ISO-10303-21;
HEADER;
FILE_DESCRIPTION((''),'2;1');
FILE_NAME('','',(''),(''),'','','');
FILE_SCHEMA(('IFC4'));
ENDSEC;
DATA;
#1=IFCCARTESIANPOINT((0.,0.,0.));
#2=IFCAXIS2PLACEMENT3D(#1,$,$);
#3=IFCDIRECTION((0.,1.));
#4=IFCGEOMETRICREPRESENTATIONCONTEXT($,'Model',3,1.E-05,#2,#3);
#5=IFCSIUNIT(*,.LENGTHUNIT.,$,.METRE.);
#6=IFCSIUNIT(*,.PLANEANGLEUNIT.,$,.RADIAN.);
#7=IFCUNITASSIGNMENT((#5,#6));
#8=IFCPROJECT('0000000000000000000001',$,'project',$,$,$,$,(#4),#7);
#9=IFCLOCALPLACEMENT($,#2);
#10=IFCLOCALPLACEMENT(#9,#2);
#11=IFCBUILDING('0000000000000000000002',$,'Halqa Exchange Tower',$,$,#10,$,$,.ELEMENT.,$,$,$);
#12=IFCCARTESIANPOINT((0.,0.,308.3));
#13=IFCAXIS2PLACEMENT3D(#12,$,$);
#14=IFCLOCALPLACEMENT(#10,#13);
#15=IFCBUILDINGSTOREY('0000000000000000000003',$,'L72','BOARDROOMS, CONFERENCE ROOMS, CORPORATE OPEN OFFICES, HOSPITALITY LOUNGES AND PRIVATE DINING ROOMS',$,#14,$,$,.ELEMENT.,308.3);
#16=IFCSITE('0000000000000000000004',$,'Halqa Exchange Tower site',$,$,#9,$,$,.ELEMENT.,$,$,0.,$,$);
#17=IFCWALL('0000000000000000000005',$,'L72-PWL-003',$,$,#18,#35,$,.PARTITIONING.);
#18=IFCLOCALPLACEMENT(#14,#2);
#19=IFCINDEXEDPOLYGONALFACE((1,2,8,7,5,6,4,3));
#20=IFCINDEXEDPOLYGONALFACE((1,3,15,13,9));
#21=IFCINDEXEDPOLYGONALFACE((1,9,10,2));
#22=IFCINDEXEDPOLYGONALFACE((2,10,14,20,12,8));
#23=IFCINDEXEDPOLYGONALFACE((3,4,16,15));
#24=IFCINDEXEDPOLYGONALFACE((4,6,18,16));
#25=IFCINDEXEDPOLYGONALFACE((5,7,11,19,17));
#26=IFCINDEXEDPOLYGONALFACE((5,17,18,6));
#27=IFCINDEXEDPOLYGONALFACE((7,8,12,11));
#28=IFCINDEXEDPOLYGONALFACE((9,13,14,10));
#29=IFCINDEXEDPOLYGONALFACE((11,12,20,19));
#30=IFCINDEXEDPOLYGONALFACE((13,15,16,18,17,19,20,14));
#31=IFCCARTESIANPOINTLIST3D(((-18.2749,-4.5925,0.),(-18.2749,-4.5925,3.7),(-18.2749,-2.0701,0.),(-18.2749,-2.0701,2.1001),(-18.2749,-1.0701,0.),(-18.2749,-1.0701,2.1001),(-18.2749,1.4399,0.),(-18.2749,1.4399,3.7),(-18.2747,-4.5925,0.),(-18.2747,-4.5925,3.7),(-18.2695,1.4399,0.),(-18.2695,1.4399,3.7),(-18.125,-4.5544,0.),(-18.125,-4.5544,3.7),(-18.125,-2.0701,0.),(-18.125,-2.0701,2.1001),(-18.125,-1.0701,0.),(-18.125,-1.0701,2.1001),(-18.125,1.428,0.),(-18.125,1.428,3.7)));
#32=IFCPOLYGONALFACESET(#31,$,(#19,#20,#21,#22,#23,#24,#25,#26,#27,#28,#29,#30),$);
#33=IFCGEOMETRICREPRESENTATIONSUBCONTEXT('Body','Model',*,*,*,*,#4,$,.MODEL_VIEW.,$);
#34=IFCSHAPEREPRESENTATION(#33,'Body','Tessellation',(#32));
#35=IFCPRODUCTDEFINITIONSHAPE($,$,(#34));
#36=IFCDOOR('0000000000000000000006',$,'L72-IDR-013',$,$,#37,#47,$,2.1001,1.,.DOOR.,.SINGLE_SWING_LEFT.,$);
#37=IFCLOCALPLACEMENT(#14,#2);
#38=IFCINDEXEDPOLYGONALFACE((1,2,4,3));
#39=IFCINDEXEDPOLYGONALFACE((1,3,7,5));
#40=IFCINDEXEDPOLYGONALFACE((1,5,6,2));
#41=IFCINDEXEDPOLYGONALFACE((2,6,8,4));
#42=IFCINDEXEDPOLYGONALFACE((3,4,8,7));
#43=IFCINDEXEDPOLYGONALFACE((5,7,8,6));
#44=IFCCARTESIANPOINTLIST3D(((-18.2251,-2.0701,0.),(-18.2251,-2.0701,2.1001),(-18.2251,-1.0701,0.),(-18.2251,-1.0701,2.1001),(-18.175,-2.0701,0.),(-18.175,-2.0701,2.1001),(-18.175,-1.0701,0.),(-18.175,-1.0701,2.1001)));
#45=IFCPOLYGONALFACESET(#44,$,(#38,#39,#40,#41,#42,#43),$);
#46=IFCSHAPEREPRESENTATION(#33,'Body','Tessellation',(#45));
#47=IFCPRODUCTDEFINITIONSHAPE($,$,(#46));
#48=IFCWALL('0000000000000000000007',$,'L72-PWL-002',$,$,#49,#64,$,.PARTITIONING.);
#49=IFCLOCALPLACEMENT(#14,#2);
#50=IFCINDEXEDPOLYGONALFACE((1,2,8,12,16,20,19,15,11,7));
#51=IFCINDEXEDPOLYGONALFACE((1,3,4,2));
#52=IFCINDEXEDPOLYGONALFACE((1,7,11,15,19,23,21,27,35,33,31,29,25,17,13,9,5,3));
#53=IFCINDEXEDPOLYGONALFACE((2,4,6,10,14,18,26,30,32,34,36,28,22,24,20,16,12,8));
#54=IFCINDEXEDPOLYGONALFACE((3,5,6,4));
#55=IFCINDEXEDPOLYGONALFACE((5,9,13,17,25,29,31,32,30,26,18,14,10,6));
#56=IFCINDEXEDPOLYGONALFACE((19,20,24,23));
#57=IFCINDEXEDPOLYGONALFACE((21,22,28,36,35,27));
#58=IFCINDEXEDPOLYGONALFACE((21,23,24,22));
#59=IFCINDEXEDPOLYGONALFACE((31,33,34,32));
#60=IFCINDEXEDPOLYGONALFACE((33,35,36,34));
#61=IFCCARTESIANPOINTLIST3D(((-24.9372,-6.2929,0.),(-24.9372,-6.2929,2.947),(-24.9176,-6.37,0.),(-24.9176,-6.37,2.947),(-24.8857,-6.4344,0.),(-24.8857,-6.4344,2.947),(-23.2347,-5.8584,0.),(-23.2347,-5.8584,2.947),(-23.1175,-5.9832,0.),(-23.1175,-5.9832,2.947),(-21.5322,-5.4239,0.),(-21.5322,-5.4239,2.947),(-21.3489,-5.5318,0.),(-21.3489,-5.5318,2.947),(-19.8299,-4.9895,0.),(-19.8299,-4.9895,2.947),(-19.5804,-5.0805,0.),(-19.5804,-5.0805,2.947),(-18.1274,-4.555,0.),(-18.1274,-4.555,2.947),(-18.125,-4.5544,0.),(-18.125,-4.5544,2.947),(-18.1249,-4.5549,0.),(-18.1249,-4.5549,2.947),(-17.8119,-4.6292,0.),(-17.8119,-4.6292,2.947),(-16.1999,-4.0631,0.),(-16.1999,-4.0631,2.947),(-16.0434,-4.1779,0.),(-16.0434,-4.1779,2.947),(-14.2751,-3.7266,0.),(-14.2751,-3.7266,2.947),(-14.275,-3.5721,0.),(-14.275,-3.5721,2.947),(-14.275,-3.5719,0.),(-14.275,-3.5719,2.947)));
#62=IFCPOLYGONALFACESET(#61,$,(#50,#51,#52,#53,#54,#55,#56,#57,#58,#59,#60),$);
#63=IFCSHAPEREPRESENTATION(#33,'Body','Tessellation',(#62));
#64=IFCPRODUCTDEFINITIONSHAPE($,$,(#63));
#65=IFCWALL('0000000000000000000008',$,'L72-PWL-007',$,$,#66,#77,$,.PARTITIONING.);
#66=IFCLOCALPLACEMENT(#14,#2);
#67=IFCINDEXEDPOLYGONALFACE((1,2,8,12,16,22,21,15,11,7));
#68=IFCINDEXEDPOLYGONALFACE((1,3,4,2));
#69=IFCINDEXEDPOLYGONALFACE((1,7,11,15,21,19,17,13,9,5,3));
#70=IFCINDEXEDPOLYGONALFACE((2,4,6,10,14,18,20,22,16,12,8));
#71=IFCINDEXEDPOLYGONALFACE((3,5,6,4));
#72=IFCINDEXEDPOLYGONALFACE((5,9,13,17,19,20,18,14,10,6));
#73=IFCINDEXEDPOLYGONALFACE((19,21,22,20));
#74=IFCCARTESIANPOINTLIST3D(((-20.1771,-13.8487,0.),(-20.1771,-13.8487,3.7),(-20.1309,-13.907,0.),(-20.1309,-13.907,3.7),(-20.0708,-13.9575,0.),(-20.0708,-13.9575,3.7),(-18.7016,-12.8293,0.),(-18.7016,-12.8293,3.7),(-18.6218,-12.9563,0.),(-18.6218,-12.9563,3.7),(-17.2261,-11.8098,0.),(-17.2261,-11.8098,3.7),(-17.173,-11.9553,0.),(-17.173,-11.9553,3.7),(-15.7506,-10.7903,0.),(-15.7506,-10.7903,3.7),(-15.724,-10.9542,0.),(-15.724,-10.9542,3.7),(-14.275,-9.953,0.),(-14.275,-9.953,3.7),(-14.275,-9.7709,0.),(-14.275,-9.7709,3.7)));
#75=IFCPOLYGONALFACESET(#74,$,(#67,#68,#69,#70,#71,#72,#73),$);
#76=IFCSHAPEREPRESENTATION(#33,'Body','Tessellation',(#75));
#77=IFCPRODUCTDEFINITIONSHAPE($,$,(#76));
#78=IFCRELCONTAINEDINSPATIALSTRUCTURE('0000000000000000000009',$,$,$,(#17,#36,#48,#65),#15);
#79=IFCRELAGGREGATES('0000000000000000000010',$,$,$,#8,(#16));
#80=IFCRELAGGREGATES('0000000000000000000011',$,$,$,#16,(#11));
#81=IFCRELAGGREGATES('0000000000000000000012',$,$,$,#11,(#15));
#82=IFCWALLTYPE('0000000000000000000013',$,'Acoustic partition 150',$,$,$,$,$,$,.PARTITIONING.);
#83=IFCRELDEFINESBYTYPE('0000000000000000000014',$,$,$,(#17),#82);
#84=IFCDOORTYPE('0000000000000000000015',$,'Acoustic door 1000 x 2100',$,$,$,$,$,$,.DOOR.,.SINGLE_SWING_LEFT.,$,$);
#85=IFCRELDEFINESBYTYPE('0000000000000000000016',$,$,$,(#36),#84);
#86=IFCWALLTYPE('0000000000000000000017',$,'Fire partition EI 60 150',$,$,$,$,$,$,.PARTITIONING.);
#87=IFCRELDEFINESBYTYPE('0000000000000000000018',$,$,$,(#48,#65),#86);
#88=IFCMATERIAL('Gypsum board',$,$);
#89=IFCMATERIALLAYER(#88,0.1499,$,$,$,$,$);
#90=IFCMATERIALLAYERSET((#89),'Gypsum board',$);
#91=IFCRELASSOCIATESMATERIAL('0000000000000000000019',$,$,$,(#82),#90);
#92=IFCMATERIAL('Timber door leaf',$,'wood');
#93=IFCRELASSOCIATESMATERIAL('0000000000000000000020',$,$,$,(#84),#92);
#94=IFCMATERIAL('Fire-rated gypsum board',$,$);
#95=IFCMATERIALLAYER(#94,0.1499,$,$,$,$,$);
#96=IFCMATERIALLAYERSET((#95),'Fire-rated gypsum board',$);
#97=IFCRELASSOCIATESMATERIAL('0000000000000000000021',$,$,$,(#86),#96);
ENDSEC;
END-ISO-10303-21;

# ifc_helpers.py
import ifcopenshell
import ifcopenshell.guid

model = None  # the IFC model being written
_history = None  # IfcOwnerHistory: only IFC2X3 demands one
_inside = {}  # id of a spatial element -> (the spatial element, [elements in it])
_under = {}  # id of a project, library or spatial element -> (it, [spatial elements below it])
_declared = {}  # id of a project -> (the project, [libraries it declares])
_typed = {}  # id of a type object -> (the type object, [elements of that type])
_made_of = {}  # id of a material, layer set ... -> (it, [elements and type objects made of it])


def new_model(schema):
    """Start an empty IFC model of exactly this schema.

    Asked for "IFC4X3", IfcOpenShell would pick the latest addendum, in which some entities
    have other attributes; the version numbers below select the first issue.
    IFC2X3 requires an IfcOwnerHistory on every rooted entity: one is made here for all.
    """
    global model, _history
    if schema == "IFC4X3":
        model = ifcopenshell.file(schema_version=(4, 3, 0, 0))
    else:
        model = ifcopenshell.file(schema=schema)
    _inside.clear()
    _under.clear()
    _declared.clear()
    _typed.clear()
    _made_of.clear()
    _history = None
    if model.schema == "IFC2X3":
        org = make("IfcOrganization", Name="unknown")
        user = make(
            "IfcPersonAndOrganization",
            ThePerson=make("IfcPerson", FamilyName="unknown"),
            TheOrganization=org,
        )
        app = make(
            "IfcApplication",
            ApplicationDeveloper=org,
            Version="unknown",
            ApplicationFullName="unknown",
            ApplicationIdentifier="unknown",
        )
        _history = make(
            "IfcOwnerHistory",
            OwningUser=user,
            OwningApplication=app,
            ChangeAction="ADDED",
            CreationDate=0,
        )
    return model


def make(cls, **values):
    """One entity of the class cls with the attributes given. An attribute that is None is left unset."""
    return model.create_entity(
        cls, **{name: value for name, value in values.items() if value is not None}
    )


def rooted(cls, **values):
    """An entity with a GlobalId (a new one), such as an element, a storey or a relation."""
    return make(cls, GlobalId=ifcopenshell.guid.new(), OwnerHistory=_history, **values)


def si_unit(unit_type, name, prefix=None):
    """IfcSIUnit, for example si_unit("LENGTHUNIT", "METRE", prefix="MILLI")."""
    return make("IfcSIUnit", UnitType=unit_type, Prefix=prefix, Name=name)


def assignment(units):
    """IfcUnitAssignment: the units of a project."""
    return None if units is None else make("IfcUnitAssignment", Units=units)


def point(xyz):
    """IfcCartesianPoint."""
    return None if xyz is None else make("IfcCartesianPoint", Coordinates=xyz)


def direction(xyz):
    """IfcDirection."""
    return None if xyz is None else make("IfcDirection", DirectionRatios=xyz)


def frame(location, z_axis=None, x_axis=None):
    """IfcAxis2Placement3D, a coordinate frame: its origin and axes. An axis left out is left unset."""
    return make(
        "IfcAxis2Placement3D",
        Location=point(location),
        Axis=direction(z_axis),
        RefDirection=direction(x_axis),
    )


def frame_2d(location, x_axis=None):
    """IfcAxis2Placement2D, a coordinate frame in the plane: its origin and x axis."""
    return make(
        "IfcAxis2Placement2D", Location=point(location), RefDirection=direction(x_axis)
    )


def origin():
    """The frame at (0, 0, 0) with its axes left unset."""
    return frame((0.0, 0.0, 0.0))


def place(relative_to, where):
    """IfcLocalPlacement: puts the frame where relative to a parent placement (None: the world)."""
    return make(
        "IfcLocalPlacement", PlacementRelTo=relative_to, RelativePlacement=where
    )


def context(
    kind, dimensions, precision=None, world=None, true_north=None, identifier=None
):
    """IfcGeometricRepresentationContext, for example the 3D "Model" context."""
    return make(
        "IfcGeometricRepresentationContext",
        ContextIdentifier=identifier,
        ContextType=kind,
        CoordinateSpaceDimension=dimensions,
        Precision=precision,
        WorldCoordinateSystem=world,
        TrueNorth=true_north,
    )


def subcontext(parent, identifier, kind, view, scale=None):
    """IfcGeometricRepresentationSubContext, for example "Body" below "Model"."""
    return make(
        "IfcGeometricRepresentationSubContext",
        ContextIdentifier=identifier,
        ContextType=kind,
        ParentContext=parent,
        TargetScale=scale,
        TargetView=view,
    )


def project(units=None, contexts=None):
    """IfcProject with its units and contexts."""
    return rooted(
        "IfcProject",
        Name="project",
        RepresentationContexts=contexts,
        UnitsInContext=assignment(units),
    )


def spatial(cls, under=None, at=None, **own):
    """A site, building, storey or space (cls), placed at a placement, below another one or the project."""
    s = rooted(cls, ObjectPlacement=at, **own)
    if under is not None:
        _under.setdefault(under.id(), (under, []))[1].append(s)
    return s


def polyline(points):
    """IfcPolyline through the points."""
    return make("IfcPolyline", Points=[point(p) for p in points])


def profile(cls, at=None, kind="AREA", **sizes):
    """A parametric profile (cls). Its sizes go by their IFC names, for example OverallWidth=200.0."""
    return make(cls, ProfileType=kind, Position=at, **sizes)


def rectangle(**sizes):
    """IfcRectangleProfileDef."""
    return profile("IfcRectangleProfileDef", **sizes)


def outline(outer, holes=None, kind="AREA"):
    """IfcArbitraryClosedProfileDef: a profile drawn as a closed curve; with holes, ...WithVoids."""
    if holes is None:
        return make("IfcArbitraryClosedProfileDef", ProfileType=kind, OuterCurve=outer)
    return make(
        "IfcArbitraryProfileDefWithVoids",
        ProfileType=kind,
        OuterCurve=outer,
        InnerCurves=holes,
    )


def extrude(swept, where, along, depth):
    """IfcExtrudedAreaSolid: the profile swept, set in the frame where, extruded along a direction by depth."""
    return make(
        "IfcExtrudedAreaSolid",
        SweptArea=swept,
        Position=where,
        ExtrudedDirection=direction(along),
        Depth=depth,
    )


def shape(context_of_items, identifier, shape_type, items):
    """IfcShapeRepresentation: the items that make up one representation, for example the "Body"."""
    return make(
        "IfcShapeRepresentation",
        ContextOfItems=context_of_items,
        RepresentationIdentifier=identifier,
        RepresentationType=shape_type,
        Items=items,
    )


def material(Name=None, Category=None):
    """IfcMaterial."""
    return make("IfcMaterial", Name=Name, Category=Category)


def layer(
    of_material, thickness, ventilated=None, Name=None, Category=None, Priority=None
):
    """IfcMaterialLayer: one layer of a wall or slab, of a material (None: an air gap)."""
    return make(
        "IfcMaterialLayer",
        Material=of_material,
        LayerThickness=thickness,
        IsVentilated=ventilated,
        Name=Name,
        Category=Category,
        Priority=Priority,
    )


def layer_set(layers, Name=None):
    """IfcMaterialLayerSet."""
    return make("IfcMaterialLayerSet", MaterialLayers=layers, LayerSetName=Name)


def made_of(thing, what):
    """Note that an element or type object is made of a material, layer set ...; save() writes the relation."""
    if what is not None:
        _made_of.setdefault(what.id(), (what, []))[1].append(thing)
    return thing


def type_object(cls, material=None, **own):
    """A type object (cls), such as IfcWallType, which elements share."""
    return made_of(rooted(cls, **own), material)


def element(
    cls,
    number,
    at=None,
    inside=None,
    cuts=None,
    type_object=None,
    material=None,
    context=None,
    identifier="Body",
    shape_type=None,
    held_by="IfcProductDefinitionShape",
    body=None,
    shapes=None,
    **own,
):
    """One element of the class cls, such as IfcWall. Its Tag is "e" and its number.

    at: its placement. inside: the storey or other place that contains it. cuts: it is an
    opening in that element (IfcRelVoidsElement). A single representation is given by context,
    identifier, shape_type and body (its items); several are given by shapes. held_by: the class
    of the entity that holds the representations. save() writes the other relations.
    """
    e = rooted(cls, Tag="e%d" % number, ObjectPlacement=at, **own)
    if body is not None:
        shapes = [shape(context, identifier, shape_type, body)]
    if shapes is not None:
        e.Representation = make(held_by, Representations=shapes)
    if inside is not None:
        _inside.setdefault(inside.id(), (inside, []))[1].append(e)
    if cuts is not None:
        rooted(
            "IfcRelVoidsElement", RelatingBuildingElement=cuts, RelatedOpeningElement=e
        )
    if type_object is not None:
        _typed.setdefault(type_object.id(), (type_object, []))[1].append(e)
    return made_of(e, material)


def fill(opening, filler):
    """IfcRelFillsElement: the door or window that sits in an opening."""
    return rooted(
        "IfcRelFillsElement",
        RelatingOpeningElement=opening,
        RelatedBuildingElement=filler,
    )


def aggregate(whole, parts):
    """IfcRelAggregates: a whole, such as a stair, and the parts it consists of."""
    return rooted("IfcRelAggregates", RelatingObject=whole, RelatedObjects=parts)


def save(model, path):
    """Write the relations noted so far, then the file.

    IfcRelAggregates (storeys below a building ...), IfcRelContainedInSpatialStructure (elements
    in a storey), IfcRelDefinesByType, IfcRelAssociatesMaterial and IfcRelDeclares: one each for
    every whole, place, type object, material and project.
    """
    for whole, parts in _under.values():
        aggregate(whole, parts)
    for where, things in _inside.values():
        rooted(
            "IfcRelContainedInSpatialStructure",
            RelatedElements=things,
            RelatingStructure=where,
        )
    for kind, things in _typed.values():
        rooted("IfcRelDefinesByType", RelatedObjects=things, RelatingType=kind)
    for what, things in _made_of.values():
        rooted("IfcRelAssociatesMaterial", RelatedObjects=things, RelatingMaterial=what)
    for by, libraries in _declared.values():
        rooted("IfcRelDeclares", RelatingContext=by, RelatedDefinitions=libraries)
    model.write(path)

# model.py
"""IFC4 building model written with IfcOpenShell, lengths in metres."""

from ifc_helpers import new_model, si_unit, direction, frame, frame_2d, origin, place, context, subcontext, project, spatial, polyline, rectangle, outline, extrude, material, layer, layer_set, type_object, element, fill, save


model = new_model("IFC4")

# Units and contexts
model_context = context("Model", 3, precision=1e-05, world=origin(), true_north=direction((0.0, 1.0)))
body_context = subcontext(model_context, "Body", "Model", "MODEL_VIEW")
ifc_project = project(units=[si_unit("LENGTHUNIT", "METRE"), si_unit("PLANEANGLEUNIT", "RADIAN")], contexts=[model_context])

# Site, building, storey
site_placement = place(None, origin())
site = spatial("IfcSite", under=ifc_project, at=site_placement, Name="Halqa Exchange Tower site", CompositionType="ELEMENT", RefElevation=0.0)
building_placement = place(site_placement, origin())
building = spatial("IfcBuilding", under=site, at=building_placement, Name="Halqa Exchange Tower", CompositionType="ELEMENT")
storey_placement = place(building_placement, frame((0.0, 0.0, 308.3)))
storey = spatial("IfcBuildingStorey", under=building, at=storey_placement, Name="L72", Description="BOARDROOMS, CONFERENCE ROOMS, CORPORATE OPEN OFFICES, HOSPITALITY LOUNGES AND PRIVATE DINING ROOMS", CompositionType="ELEMENT", Elevation=308.3)

# Wall, opening, door
ifc_material_1 = material(Name="Gypsum board")
ifc_layer_1 = layer(ifc_material_1, 0.1499)
ifc_layer_set_1 = layer_set([ifc_layer_1], Name="Gypsum board")
wall_type_1 = type_object("IfcWallType", Name="Acoustic partition 150", PredefinedType="PARTITIONING", material=ifc_layer_set_1)
wall_1_placement = place(storey_placement, frame((-18.2, -4.5925, 0.0), z_axis=(0.0, 0.0, 1.0), x_axis=(0.0, 1.0, 0.0)))
wall_1 = element("IfcWall", 1, at=wall_1_placement, inside=storey, type_object=wall_type_1, Name="L72-PWL-003", PredefinedType="PARTITIONING", context=body_context, shape_type="SweptSolid", body=[
    extrude(outline(polyline([(0.0381, -0.075), (2.0322, -0.075), (4.0264, -0.075), (6.0205, -0.075), (6.0325, 0.0696), (6.0325, 0.075), (4.5244, 0.075), (3.0161, 0.075), (1.5081, 0.075), (0.0, 0.075), (0.0, 0.0747), (0.0381, -0.075)])), origin(), (0.0, 0.0, 1.0), 3.7),
])
opening_1_placement = place(wall_1_placement, frame((2.5225, 0.0, 0.0)))
opening_1 = element("IfcOpeningElement", 2, at=opening_1_placement, cuts=wall_1, PredefinedType="OPENING", context=body_context, shape_type="SweptSolid", body=[
    extrude(rectangle(XDim=1.0, YDim=2.1001, at=frame_2d((0.5, 1.05))), frame((0.0, 0.0869, 0.0), z_axis=(0.0, -1.0, 0.0), x_axis=(1.0, 0.0, 0.0)), (0.0, 0.0, 1.0), 0.1738),
])
ifc_material_2 = material(Name="Timber door leaf", Category="wood")
door_type_1 = type_object("IfcDoorType", Name="Acoustic door 1000 x 2100", OperationType="SINGLE_SWING_LEFT", PredefinedType="DOOR", material=ifc_material_2)
door_1_placement = place(opening_1_placement, frame((1.0, 0.0, 0.0), z_axis=(0.0, 0.0, 1.0), x_axis=(-1.0, 0.0, 0.0)))
door_1 = element("IfcDoor", 3, at=door_1_placement, inside=storey, type_object=door_type_1, Name="L72-IDR-013", OperationType="SINGLE_SWING_LEFT", OverallHeight=2.1001, OverallWidth=1.0, PredefinedType="DOOR", context=body_context, shape_type="SweptSolid", body=[
    extrude(rectangle(XDim=1.0, YDim=2.1001, at=frame_2d((0.5, 1.05))), frame((0.0, 0.0249, 0.0), z_axis=(0.0, -1.0, 0.0), x_axis=(1.0, 0.0, 0.0)), (0.0, 0.0, 1.0), 0.05),
])
fill(opening_1, door_1)

# Walls
ifc_material_3 = material(Name="Fire-rated gypsum board")
ifc_layer_2 = layer(ifc_material_3, 0.1499)
ifc_layer_set_2 = layer_set([ifc_layer_2], Name="Fire-rated gypsum board")
wall_type_2 = type_object("IfcWallType", Name="Fire partition EI 60 150", PredefinedType="PARTITIONING", material=ifc_layer_set_2)
wall_2_placement = place(storey_placement, frame((-24.9187, -6.3655, 0.0), z_axis=(0.0, 0.0, 1.0), x_axis=(0.968946, 0.247273, 0.0)))
element("IfcWall", 4, at=wall_2_placement, inside=storey, type_object=wall_type_2, Name="L72-PWL-002", PredefinedType="PARTITIONING", context=body_context, shape_type="SweptSolid", body=[
    extrude(outline(polyline([(0.0149, -0.075), (1.8398, -0.075), (3.665, -0.075), (5.4902, -0.075), (7.3154, -0.075), (9.1406, -0.075), (10.9656, -0.075), (11.0039, 0.0747), (11.0039, 0.075), (9.0173, 0.075), (7.0305, 0.075), (7.0305, 0.0745), (7.0281, 0.075), (5.271, 0.075), (3.5142, 0.075), (1.7571, 0.075), (0.0, 0.075), (0.0, -0.0046), (0.0149, -0.075)])), origin(), (0.0, 0.0, 1.0), 2.947),
])
wall_3_placement = place(storey_placement, frame((-14.2324, -9.8325, 0.0), z_axis=(0.0, 0.0, 1.0), x_axis=(-0.822726, -0.568438, 0.0)))
element("IfcWall", 5, at=wall_3_placement, inside=storey, type_object=wall_type_2, Name="L72-PWL-007", PredefinedType="PARTITIONING", context=body_context, shape_type="SweptSolid", body=[
    extrude(outline(polyline([(0.0, -0.075), (1.7935, -0.075), (3.5869, -0.075), (5.3804, -0.075), (7.1738, -0.075), (7.1689, -0.0007), (7.1482, 0.075), (5.387, 0.075), (3.626, 0.075), (1.8647, 0.075), (0.1035, 0.075), (0.0, -0.075), (0.0, -0.075)])), origin(), (0.0, 0.0, 1.0), 3.7),
])

save(model, "model.ifc")
